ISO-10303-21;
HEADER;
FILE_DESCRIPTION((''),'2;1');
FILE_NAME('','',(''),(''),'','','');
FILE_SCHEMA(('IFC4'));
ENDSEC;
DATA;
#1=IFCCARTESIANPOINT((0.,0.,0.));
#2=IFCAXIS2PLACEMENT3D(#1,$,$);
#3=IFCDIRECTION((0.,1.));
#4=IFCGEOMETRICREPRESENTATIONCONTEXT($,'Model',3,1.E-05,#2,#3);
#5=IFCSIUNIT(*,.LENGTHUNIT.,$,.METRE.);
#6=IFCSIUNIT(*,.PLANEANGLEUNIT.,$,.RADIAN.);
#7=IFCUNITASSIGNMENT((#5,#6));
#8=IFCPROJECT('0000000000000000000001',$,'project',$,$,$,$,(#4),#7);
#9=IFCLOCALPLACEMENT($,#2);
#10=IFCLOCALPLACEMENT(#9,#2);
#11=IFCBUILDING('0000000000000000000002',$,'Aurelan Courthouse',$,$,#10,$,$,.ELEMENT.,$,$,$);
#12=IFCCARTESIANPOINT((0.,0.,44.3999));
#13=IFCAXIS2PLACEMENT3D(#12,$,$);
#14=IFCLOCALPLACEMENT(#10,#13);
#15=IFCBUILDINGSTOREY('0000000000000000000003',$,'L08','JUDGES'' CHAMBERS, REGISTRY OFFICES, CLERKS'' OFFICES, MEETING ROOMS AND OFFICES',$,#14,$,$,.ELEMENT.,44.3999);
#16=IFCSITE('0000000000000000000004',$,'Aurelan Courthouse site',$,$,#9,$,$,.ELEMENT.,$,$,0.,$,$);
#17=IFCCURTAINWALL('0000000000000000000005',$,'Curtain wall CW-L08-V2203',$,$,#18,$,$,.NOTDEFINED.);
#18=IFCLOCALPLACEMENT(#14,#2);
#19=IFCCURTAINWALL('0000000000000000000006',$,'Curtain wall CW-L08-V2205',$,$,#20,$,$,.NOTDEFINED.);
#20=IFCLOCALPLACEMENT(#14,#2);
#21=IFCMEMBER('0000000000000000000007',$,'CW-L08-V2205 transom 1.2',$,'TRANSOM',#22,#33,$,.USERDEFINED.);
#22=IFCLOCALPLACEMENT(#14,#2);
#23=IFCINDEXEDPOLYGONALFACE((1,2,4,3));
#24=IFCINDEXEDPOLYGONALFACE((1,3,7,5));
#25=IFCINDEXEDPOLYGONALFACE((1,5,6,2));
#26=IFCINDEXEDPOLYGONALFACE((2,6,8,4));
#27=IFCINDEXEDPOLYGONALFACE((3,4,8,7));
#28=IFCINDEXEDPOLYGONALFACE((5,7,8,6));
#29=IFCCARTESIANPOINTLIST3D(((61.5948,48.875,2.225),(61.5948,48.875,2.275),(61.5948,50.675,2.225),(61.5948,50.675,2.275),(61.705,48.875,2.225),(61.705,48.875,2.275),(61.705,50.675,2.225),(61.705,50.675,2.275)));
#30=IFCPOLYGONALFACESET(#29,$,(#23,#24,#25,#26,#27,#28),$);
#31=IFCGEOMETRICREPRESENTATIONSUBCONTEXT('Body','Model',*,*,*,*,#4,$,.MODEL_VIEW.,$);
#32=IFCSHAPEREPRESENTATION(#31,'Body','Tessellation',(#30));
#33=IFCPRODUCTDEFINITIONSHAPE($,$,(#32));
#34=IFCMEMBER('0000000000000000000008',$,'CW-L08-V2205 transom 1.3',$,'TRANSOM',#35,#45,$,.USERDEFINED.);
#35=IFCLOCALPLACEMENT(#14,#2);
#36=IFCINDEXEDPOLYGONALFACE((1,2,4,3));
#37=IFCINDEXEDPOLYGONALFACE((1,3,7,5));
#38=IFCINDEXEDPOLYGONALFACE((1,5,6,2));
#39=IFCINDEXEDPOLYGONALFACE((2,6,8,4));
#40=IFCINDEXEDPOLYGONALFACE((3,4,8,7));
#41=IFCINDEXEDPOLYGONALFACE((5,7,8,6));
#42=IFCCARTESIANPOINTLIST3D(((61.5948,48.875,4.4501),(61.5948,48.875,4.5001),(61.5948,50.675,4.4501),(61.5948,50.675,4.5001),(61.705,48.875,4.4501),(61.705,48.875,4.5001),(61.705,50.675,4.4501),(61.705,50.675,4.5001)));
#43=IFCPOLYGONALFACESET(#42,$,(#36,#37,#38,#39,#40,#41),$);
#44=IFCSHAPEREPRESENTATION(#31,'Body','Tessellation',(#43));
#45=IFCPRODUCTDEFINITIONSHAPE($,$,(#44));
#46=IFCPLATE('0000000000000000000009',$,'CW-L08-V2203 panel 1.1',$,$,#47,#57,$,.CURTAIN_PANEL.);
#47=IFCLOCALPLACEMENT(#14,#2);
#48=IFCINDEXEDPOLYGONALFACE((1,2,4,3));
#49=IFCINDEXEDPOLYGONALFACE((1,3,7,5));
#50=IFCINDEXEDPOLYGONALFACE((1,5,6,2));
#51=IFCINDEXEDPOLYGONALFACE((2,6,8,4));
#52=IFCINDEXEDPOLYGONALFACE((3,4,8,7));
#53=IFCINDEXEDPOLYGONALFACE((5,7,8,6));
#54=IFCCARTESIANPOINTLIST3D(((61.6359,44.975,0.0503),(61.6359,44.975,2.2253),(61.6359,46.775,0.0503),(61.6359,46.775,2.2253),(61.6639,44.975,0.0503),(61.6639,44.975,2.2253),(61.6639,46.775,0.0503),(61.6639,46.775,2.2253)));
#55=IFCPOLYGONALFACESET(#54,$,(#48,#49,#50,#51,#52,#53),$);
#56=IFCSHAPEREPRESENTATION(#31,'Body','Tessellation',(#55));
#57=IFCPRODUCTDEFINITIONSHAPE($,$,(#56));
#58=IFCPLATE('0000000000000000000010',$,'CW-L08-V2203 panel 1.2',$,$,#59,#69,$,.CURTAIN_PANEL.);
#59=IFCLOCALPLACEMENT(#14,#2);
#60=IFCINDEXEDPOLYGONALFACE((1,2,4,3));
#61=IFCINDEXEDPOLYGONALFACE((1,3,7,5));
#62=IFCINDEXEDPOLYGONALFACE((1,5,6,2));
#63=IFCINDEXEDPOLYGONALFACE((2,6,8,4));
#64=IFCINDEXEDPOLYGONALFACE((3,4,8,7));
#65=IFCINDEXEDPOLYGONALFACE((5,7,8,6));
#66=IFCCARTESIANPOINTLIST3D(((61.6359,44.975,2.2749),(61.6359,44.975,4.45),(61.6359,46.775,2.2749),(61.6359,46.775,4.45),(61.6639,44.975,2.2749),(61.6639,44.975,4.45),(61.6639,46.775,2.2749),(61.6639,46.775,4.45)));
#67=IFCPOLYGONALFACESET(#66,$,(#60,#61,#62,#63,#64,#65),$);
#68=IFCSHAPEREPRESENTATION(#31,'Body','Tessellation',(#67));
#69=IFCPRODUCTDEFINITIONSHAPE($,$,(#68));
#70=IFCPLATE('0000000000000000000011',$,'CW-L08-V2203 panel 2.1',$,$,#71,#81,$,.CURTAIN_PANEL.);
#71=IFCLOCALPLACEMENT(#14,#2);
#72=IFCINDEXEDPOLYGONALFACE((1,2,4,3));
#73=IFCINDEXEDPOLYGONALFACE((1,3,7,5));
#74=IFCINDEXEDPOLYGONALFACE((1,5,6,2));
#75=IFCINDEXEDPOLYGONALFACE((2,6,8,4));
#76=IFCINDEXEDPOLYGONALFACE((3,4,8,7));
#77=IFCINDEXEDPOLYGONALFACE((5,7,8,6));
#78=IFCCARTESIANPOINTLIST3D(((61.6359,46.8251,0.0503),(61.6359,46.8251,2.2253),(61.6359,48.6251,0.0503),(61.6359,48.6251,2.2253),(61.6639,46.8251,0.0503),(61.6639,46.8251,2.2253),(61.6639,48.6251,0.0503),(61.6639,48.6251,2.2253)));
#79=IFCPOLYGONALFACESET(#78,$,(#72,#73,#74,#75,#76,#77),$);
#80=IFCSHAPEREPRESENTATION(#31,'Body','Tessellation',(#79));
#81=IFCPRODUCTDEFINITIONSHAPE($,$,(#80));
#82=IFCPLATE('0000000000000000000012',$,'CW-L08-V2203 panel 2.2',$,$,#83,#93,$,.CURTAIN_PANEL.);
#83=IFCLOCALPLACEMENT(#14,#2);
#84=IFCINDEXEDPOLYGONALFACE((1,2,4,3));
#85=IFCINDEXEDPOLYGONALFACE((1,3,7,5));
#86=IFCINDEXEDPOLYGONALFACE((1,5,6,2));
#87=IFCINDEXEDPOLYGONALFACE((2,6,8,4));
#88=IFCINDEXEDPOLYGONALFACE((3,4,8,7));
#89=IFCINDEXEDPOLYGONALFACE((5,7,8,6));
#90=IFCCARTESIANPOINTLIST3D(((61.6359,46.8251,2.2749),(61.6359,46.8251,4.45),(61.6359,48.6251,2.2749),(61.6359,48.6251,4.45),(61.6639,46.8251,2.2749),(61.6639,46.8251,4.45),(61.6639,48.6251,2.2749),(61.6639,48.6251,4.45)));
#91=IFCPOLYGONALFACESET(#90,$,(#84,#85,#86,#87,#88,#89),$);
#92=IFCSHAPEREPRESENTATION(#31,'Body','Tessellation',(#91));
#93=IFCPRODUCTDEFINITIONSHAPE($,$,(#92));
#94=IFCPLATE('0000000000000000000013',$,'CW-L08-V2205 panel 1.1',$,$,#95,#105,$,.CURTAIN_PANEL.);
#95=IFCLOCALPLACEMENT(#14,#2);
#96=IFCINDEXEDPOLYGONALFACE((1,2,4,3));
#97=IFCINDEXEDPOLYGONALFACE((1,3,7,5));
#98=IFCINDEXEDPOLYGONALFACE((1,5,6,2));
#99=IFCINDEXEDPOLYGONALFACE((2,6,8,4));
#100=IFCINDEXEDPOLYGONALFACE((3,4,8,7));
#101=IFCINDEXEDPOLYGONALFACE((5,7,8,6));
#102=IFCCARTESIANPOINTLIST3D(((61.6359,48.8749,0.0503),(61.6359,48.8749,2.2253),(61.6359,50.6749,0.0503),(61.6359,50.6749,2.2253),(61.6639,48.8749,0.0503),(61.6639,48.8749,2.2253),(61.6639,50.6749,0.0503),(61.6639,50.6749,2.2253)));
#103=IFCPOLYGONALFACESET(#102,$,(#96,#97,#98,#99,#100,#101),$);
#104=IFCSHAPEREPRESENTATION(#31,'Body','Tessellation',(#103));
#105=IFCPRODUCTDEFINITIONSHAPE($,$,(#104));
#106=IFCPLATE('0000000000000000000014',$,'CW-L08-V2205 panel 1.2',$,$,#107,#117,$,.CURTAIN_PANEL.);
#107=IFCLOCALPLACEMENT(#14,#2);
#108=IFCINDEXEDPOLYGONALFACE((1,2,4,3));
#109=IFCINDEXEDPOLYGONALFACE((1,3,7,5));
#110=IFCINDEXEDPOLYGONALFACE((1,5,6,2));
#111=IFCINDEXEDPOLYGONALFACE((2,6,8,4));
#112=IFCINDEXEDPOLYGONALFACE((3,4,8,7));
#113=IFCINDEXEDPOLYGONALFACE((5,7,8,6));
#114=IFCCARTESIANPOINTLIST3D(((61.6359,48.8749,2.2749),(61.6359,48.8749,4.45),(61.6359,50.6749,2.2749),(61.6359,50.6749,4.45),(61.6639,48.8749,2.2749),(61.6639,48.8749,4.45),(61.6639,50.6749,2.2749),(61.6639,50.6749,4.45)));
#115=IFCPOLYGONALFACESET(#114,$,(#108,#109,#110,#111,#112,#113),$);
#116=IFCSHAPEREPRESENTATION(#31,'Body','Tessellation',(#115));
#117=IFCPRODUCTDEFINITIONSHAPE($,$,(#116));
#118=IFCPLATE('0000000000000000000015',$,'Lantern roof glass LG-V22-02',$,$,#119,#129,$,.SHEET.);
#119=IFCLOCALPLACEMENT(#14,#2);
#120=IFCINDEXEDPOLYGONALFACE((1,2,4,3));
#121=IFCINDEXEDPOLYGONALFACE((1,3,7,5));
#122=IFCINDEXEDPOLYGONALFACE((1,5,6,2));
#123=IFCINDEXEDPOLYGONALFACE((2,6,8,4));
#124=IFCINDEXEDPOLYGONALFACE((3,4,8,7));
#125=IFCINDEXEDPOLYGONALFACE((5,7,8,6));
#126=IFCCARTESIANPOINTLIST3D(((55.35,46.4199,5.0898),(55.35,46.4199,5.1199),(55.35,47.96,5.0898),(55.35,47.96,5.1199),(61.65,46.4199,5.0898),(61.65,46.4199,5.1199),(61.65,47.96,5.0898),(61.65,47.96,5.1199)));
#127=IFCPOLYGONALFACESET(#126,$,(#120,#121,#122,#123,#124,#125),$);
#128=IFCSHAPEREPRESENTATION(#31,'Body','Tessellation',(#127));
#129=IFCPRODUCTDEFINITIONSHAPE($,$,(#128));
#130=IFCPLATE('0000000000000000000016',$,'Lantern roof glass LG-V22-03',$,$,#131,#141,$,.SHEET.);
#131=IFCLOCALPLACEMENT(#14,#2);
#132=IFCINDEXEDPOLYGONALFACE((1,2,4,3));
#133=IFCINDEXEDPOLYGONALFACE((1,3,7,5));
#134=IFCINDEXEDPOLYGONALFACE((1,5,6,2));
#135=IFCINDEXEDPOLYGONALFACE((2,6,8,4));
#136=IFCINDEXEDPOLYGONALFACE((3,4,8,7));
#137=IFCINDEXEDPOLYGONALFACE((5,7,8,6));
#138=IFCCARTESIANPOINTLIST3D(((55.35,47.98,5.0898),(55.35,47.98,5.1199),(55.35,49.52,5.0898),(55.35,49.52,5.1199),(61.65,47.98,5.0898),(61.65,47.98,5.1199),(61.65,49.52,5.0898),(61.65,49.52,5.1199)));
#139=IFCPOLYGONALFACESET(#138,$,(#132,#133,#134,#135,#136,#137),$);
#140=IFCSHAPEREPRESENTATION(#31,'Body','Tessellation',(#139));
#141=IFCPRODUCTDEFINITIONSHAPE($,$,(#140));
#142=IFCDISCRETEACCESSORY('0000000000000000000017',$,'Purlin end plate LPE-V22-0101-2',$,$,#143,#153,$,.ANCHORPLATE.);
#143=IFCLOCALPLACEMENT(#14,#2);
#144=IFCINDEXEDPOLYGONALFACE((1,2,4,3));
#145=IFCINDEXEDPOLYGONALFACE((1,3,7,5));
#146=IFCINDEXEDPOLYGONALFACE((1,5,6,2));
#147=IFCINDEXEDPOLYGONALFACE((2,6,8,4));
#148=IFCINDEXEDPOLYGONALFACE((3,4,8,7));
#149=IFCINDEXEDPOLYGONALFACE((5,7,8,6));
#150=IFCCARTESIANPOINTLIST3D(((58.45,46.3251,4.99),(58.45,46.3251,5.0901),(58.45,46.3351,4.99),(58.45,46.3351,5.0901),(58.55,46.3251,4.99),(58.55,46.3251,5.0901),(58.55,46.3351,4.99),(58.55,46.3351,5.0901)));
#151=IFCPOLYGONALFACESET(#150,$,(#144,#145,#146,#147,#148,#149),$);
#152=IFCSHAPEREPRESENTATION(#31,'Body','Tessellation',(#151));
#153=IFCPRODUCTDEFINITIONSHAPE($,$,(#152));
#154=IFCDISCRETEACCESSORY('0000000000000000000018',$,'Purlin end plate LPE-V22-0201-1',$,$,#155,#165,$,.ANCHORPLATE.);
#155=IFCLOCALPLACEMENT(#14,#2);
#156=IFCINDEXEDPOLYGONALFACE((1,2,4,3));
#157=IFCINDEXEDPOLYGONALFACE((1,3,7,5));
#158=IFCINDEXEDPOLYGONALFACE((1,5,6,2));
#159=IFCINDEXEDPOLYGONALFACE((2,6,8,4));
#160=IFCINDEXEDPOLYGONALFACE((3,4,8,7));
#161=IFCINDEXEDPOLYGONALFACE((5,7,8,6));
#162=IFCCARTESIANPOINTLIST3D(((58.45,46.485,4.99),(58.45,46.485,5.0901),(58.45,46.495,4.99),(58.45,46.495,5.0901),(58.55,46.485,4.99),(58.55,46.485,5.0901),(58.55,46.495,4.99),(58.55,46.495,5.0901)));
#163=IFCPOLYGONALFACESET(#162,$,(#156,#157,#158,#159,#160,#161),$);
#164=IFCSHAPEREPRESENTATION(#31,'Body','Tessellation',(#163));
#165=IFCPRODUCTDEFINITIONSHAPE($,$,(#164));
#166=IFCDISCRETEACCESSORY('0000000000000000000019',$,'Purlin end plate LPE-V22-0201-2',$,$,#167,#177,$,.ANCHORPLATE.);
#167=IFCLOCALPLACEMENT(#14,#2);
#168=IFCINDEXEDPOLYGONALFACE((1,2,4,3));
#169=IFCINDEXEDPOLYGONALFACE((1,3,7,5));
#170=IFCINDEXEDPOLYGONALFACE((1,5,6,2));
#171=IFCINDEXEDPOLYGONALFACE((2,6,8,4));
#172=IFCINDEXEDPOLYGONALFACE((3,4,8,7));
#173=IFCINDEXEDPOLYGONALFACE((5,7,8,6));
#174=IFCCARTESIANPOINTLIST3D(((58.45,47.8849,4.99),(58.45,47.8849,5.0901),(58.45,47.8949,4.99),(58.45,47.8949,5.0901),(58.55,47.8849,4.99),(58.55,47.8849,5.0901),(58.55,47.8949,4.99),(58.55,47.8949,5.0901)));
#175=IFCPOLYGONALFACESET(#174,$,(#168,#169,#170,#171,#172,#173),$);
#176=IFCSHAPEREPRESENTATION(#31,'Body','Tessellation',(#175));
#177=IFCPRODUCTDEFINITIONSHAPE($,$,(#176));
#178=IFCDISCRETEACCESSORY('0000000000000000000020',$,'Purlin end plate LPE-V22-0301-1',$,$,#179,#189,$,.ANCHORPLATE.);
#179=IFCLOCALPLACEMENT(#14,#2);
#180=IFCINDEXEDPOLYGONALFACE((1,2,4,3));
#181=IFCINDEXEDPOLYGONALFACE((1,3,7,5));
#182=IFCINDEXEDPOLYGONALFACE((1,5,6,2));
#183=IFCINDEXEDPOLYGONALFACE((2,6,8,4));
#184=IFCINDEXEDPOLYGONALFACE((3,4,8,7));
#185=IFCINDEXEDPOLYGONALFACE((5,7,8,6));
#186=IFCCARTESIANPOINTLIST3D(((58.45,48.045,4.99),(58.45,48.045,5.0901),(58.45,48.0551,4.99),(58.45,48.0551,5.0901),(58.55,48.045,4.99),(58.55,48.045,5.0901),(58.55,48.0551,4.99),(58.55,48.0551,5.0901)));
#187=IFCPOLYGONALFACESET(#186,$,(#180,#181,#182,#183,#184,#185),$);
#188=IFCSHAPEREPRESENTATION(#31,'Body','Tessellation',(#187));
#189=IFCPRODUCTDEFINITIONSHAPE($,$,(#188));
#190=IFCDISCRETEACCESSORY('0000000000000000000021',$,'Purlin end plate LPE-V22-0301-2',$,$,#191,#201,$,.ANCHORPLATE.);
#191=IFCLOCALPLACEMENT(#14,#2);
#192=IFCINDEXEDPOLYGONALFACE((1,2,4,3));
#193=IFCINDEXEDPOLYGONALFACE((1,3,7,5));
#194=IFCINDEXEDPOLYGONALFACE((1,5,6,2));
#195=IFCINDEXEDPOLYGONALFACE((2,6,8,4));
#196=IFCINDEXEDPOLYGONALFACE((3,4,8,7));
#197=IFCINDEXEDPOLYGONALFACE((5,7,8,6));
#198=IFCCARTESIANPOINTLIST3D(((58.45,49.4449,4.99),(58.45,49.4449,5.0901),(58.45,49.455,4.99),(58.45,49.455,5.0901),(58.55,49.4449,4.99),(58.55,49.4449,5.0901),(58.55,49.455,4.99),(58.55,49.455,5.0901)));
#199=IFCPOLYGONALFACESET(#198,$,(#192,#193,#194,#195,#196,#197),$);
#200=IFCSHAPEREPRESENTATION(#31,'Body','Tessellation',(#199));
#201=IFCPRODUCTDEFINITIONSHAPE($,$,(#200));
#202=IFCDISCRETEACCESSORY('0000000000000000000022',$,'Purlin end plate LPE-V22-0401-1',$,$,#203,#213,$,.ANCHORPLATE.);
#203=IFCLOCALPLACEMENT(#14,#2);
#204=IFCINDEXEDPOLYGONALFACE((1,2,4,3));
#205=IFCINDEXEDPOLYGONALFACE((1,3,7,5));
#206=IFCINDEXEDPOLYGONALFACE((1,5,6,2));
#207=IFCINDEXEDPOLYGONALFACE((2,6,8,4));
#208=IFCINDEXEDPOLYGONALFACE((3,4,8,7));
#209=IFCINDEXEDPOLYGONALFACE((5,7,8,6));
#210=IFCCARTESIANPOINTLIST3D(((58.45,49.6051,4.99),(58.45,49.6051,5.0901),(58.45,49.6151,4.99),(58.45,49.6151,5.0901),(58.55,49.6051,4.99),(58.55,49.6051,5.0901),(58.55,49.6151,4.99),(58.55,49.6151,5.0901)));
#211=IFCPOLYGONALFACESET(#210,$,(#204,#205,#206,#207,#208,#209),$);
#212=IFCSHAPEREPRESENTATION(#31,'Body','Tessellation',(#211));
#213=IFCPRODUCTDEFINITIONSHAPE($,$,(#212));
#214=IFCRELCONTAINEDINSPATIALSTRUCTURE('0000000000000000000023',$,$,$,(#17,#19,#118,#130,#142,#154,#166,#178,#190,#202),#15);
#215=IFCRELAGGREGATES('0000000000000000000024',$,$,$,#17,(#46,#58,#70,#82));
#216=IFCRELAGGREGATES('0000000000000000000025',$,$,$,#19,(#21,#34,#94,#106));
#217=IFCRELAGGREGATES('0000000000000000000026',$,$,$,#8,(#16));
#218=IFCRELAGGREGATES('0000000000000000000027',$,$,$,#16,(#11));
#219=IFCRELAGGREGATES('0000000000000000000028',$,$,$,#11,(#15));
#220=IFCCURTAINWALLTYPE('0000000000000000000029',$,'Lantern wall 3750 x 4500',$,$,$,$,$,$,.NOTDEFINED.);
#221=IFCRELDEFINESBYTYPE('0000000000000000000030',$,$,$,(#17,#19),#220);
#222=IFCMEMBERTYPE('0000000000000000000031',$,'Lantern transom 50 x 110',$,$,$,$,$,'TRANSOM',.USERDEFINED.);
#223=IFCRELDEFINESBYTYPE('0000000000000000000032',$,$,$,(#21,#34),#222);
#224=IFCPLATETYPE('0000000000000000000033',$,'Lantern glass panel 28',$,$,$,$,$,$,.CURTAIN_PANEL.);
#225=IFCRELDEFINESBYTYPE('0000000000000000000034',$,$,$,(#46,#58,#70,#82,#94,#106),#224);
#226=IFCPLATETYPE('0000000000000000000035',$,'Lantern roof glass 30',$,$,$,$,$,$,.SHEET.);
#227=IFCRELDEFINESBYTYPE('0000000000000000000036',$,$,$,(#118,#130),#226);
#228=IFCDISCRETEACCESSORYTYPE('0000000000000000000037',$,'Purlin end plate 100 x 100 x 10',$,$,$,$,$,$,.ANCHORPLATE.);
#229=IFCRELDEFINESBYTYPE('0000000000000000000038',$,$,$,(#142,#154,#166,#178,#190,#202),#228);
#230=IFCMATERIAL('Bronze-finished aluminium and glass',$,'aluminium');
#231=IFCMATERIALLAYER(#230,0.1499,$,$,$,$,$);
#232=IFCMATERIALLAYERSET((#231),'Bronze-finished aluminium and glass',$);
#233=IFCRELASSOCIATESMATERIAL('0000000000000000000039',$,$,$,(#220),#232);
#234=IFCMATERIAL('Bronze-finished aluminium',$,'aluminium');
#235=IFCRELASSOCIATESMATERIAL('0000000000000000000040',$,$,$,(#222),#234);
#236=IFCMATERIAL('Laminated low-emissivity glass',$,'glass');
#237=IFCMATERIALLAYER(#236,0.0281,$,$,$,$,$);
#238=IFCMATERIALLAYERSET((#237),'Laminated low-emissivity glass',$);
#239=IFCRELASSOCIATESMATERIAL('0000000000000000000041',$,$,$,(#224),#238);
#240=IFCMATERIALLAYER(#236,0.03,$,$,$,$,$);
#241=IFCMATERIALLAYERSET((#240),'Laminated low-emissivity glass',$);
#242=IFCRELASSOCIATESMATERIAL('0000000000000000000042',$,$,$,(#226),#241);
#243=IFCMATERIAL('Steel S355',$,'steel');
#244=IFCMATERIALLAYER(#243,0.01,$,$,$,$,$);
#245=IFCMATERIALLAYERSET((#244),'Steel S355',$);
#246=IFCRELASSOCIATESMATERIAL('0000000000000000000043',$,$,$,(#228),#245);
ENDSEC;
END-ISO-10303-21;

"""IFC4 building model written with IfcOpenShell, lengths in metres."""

from ifc_helpers import new_model, si_unit, direction, frame, origin, origin_2d, place, context, subcontext, project, spatial, rectangle, extrude, material, layer, layer_set, material_profile, profile_set, type_object, element, aggregate, save


model = new_model("IFC4")

# Units and contexts
model_context = context("Model", 3, precision=1e-05, world=origin(), true_north=direction((0.0, 1.0)))
body_context = subcontext(model_context, "Body", "Model", "MODEL_VIEW")
ifc_project = project(units=[si_unit("LENGTHUNIT", "METRE"), si_unit("PLANEANGLEUNIT", "RADIAN")], contexts=[model_context])

# Site, building, storey
site_placement = place(None, origin())
site = spatial("IfcSite", under=ifc_project, at=site_placement, Name="Aurelan Courthouse site", CompositionType="ELEMENT", RefElevation=0.0)
building_placement = place(site_placement, origin())
building = spatial("IfcBuilding", under=site, at=building_placement, Name="Aurelan Courthouse", CompositionType="ELEMENT")
storey_placement = place(building_placement, frame((0.0, 0.0, 44.3999)))
storey = spatial("IfcBuildingStorey", under=building, at=storey_placement, Name="L08", Description="JUDGES' CHAMBERS, REGISTRY OFFICES, CLERKS' OFFICES, MEETING ROOMS AND OFFICES", CompositionType="ELEMENT", Elevation=44.3999)

# Shared definitions
ifc_material_1 = material(Name="Steel S355", Category="steel")

# Curtain wall
ifc_material_2 = material(Name="Bronze-finished aluminium and glass", Category="aluminium")
ifc_layer_1 = layer(ifc_material_2, 0.1499)
ifc_layer_set_1 = layer_set([ifc_layer_1], Name="Bronze-finished aluminium and glass")
curtain_wall_type = type_object("IfcCurtainWallType", Name="Lantern wall 3750 x 4500", PredefinedType="NOTDEFINED", material=ifc_layer_set_1)
curtain_wall_1_placement = place(storey_placement, origin())
curtain_wall_1 = element("IfcCurtainWall", 1, at=curtain_wall_1_placement, inside=storey, type_object=curtain_wall_type, Name="Curtain wall CW-L08-V2203", PredefinedType="NOTDEFINED")
ifc_material_3 = material(Name="Bronze-finished aluminium", Category="aluminium")

# Curtain wall
curtain_wall_2_placement = place(storey_placement, origin())
curtain_wall_2 = element("IfcCurtainWall", 2, at=curtain_wall_2_placement, inside=storey, type_object=curtain_wall_type, Name="Curtain wall CW-L08-V2205", PredefinedType="NOTDEFINED")

# Members
ifc_material_profile_1 = material_profile(ifc_material_3, rectangle(XDim=0.1101, YDim=0.05, at=origin_2d()), Name="Lantern transom 50 x 110")
ifc_profile_set_1 = profile_set([ifc_material_profile_1], Name="Bronze-finished aluminium")
member_type_1 = type_object("IfcMemberType", Name="Lantern transom 50 x 110", ElementType="TRANSOM", PredefinedType="USERDEFINED", material=ifc_profile_set_1)
member_1_placement = place(storey_placement, frame((61.6499, 48.875, 2.25), z_axis=(0.0, 1.0, 0.0), x_axis=(-1.0, 0.0, 0.0)))
member_1 = element("IfcMember", 3, at=member_1_placement, type_object=member_type_1, Name="CW-L08-V2205 transom 1.2", ObjectType="TRANSOM", PredefinedType="USERDEFINED", context=body_context, shape_type="SweptSolid", body=[
    extrude(rectangle(XDim=0.1101, YDim=0.05, at=origin_2d()), origin(), (0.0, 0.0, 1.0), 1.8),
])
member_2_placement = place(storey_placement, frame((61.6499, 48.875, 4.4751), z_axis=(0.0, 1.0, 0.0), x_axis=(-1.0, 0.0, 0.0)))
member_2 = element("IfcMember", 4, at=member_2_placement, type_object=member_type_1, Name="CW-L08-V2205 transom 1.3", ObjectType="TRANSOM", PredefinedType="USERDEFINED", context=body_context, shape_type="SweptSolid", body=[
    extrude(rectangle(XDim=0.1101, YDim=0.05, at=origin_2d()), origin(), (0.0, 0.0, 1.0), 1.8),
])

# Plates
ifc_material_4 = material(Name="Laminated low-emissivity glass", Category="glass")
ifc_layer_2 = layer(ifc_material_4, 0.0281)
ifc_layer_set_2 = layer_set([ifc_layer_2], Name="Laminated low-emissivity glass")
plate_type_1 = type_object("IfcPlateType", Name="Lantern glass panel 28", PredefinedType="CURTAIN_PANEL", material=ifc_layer_set_2)
plate_1_placement = place(storey_placement, frame((61.6499, 45.875, 0.0503), z_axis=(0.0, 0.0, 1.0), x_axis=(0.0, 1.0, 0.0)))
plate_1 = element("IfcPlate", 5, at=plate_1_placement, type_object=plate_type_1, Name="CW-L08-V2203 panel 1.1", PredefinedType="CURTAIN_PANEL", context=body_context, shape_type="SweptSolid", body=[
    extrude(rectangle(XDim=1.8, YDim=0.0281, at=origin_2d()), origin(), (0.0, 0.0, 1.0), 2.175),
])
plate_2_placement = place(storey_placement, frame((61.6499, 45.875, 2.2749), z_axis=(0.0, 0.0, 1.0), x_axis=(0.0, 1.0, 0.0)))
plate_2 = element("IfcPlate", 6, at=plate_2_placement, type_object=plate_type_1, Name="CW-L08-V2203 panel 1.2", PredefinedType="CURTAIN_PANEL", context=body_context, shape_type="SweptSolid", body=[
    extrude(rectangle(XDim=1.8, YDim=0.0281, at=origin_2d()), origin(), (0.0, 0.0, 1.0), 2.175),
])
plate_3_placement = place(storey_placement, frame((61.6499, 47.7251, 0.0503), z_axis=(0.0, 0.0, 1.0), x_axis=(0.0, 1.0, 0.0)))
plate_3 = element("IfcPlate", 7, at=plate_3_placement, type_object=plate_type_1, Name="CW-L08-V2203 panel 2.1", PredefinedType="CURTAIN_PANEL", context=body_context, shape_type="SweptSolid", body=[
    extrude(rectangle(XDim=1.8, YDim=0.0281, at=origin_2d()), origin(), (0.0, 0.0, 1.0), 2.175),
])
plate_4_placement = place(storey_placement, frame((61.6499, 47.7251, 2.2749), z_axis=(0.0, 0.0, 1.0), x_axis=(0.0, 1.0, 0.0)))
plate_4 = element("IfcPlate", 8, at=plate_4_placement, type_object=plate_type_1, Name="CW-L08-V2203 panel 2.2", PredefinedType="CURTAIN_PANEL", context=body_context, shape_type="SweptSolid", body=[
    extrude(rectangle(XDim=1.8, YDim=0.0281, at=origin_2d()), origin(), (0.0, 0.0, 1.0), 2.175),
])
aggregate(curtain_wall_1, [plate_1, plate_2, plate_3, plate_4])
plate_5_placement = place(storey_placement, frame((61.6499, 49.7749, 0.0503), z_axis=(0.0, 0.0, 1.0), x_axis=(0.0, 1.0, 0.0)))
plate_5 = element("IfcPlate", 9, at=plate_5_placement, type_object=plate_type_1, Name="CW-L08-V2205 panel 1.1", PredefinedType="CURTAIN_PANEL", context=body_context, shape_type="SweptSolid", body=[
    extrude(rectangle(XDim=1.8, YDim=0.0281, at=origin_2d()), origin(), (0.0, 0.0, 1.0), 2.175),
])
plate_6_placement = place(storey_placement, frame((61.6499, 49.7749, 2.2749), z_axis=(0.0, 0.0, 1.0), x_axis=(0.0, 1.0, 0.0)))
plate_6 = element("IfcPlate", 10, at=plate_6_placement, type_object=plate_type_1, Name="CW-L08-V2205 panel 1.2", PredefinedType="CURTAIN_PANEL", context=body_context, shape_type="SweptSolid", body=[
    extrude(rectangle(XDim=1.8, YDim=0.0281, at=origin_2d()), origin(), (0.0, 0.0, 1.0), 2.175),
])
aggregate(curtain_wall_2, [member_1, member_2, plate_5, plate_6])

# Plates
ifc_layer_3 = layer(ifc_material_4, 0.03)
ifc_layer_set_3 = layer_set([ifc_layer_3], Name="Laminated low-emissivity glass")
plate_type_2 = type_object("IfcPlateType", Name="Lantern roof glass 30", PredefinedType="SHEET", material=ifc_layer_set_3)
for number, where, z_axis, x_axis, name in (
    (11, (58.5, 47.1899, 5.0898), (0.0, 0.0, 1.0), (1.0, 0.0, 0.0), "Lantern roof glass LG-V22-02"),
    (12, (58.5, 48.75, 5.0898), (0.0, 0.0, 1.0), (1.0, 0.0, 0.0), "Lantern roof glass LG-V22-03"),
):
    element("IfcPlate", number, at=place(storey_placement, frame(where, z_axis=z_axis, x_axis=x_axis)), inside=storey, type_object=plate_type_2, Name=name, PredefinedType="SHEET", context=body_context, shape_type="SweptSolid", body=[
        extrude(rectangle(XDim=6.3, YDim=1.54, at=origin_2d()), origin(), (0.0, 0.0, 1.0), 0.03),
    ])

# Discrete accessories
ifc_layer_4 = layer(ifc_material_1, 0.01)
ifc_layer_set_4 = layer_set([ifc_layer_4], Name="Steel S355")
discrete_accessory_type = type_object("IfcDiscreteAccessoryType", Name="Purlin end plate 100 x 100 x 10", PredefinedType="ANCHORPLATE", material=ifc_layer_set_4)
for number, where, z_axis, x_axis, name in (
    (13, (58.5, 46.3301, 4.99), (0.0, 0.0, 1.0), (1.0, 0.0, 0.0), "Purlin end plate LPE-V22-0101-2"),
    (14, (58.5, 46.49, 4.99), (0.0, 0.0, 1.0), (1.0, 0.0, 0.0), "Purlin end plate LPE-V22-0201-1"),
    (15, (58.5, 47.8899, 4.99), (0.0, 0.0, 1.0), (1.0, 0.0, 0.0), "Purlin end plate LPE-V22-0201-2"),
    (16, (58.5, 48.05, 4.99), (0.0, 0.0, 1.0), (1.0, 0.0, 0.0), "Purlin end plate LPE-V22-0301-1"),
    (17, (58.5, 49.45, 4.99), (0.0, 0.0, 1.0), (1.0, 0.0, 0.0), "Purlin end plate LPE-V22-0301-2"),
    (18, (58.5, 49.6101, 4.99), (0.0, 0.0, 1.0), (1.0, 0.0, 0.0), "Purlin end plate LPE-V22-0401-1"),
):
    element("IfcDiscreteAccessory", number, at=place(storey_placement, frame(where, z_axis=z_axis, x_axis=x_axis)), inside=storey, type_object=discrete_accessory_type, Name=name, PredefinedType="ANCHORPLATE", context=body_context, shape_type="SweptSolid", body=[
        extrude(rectangle(XDim=0.1001, YDim=0.01, at=origin_2d()), origin(), (0.0, 0.0, 1.0), 0.1001),
    ])

save(model, "model.ifc")
